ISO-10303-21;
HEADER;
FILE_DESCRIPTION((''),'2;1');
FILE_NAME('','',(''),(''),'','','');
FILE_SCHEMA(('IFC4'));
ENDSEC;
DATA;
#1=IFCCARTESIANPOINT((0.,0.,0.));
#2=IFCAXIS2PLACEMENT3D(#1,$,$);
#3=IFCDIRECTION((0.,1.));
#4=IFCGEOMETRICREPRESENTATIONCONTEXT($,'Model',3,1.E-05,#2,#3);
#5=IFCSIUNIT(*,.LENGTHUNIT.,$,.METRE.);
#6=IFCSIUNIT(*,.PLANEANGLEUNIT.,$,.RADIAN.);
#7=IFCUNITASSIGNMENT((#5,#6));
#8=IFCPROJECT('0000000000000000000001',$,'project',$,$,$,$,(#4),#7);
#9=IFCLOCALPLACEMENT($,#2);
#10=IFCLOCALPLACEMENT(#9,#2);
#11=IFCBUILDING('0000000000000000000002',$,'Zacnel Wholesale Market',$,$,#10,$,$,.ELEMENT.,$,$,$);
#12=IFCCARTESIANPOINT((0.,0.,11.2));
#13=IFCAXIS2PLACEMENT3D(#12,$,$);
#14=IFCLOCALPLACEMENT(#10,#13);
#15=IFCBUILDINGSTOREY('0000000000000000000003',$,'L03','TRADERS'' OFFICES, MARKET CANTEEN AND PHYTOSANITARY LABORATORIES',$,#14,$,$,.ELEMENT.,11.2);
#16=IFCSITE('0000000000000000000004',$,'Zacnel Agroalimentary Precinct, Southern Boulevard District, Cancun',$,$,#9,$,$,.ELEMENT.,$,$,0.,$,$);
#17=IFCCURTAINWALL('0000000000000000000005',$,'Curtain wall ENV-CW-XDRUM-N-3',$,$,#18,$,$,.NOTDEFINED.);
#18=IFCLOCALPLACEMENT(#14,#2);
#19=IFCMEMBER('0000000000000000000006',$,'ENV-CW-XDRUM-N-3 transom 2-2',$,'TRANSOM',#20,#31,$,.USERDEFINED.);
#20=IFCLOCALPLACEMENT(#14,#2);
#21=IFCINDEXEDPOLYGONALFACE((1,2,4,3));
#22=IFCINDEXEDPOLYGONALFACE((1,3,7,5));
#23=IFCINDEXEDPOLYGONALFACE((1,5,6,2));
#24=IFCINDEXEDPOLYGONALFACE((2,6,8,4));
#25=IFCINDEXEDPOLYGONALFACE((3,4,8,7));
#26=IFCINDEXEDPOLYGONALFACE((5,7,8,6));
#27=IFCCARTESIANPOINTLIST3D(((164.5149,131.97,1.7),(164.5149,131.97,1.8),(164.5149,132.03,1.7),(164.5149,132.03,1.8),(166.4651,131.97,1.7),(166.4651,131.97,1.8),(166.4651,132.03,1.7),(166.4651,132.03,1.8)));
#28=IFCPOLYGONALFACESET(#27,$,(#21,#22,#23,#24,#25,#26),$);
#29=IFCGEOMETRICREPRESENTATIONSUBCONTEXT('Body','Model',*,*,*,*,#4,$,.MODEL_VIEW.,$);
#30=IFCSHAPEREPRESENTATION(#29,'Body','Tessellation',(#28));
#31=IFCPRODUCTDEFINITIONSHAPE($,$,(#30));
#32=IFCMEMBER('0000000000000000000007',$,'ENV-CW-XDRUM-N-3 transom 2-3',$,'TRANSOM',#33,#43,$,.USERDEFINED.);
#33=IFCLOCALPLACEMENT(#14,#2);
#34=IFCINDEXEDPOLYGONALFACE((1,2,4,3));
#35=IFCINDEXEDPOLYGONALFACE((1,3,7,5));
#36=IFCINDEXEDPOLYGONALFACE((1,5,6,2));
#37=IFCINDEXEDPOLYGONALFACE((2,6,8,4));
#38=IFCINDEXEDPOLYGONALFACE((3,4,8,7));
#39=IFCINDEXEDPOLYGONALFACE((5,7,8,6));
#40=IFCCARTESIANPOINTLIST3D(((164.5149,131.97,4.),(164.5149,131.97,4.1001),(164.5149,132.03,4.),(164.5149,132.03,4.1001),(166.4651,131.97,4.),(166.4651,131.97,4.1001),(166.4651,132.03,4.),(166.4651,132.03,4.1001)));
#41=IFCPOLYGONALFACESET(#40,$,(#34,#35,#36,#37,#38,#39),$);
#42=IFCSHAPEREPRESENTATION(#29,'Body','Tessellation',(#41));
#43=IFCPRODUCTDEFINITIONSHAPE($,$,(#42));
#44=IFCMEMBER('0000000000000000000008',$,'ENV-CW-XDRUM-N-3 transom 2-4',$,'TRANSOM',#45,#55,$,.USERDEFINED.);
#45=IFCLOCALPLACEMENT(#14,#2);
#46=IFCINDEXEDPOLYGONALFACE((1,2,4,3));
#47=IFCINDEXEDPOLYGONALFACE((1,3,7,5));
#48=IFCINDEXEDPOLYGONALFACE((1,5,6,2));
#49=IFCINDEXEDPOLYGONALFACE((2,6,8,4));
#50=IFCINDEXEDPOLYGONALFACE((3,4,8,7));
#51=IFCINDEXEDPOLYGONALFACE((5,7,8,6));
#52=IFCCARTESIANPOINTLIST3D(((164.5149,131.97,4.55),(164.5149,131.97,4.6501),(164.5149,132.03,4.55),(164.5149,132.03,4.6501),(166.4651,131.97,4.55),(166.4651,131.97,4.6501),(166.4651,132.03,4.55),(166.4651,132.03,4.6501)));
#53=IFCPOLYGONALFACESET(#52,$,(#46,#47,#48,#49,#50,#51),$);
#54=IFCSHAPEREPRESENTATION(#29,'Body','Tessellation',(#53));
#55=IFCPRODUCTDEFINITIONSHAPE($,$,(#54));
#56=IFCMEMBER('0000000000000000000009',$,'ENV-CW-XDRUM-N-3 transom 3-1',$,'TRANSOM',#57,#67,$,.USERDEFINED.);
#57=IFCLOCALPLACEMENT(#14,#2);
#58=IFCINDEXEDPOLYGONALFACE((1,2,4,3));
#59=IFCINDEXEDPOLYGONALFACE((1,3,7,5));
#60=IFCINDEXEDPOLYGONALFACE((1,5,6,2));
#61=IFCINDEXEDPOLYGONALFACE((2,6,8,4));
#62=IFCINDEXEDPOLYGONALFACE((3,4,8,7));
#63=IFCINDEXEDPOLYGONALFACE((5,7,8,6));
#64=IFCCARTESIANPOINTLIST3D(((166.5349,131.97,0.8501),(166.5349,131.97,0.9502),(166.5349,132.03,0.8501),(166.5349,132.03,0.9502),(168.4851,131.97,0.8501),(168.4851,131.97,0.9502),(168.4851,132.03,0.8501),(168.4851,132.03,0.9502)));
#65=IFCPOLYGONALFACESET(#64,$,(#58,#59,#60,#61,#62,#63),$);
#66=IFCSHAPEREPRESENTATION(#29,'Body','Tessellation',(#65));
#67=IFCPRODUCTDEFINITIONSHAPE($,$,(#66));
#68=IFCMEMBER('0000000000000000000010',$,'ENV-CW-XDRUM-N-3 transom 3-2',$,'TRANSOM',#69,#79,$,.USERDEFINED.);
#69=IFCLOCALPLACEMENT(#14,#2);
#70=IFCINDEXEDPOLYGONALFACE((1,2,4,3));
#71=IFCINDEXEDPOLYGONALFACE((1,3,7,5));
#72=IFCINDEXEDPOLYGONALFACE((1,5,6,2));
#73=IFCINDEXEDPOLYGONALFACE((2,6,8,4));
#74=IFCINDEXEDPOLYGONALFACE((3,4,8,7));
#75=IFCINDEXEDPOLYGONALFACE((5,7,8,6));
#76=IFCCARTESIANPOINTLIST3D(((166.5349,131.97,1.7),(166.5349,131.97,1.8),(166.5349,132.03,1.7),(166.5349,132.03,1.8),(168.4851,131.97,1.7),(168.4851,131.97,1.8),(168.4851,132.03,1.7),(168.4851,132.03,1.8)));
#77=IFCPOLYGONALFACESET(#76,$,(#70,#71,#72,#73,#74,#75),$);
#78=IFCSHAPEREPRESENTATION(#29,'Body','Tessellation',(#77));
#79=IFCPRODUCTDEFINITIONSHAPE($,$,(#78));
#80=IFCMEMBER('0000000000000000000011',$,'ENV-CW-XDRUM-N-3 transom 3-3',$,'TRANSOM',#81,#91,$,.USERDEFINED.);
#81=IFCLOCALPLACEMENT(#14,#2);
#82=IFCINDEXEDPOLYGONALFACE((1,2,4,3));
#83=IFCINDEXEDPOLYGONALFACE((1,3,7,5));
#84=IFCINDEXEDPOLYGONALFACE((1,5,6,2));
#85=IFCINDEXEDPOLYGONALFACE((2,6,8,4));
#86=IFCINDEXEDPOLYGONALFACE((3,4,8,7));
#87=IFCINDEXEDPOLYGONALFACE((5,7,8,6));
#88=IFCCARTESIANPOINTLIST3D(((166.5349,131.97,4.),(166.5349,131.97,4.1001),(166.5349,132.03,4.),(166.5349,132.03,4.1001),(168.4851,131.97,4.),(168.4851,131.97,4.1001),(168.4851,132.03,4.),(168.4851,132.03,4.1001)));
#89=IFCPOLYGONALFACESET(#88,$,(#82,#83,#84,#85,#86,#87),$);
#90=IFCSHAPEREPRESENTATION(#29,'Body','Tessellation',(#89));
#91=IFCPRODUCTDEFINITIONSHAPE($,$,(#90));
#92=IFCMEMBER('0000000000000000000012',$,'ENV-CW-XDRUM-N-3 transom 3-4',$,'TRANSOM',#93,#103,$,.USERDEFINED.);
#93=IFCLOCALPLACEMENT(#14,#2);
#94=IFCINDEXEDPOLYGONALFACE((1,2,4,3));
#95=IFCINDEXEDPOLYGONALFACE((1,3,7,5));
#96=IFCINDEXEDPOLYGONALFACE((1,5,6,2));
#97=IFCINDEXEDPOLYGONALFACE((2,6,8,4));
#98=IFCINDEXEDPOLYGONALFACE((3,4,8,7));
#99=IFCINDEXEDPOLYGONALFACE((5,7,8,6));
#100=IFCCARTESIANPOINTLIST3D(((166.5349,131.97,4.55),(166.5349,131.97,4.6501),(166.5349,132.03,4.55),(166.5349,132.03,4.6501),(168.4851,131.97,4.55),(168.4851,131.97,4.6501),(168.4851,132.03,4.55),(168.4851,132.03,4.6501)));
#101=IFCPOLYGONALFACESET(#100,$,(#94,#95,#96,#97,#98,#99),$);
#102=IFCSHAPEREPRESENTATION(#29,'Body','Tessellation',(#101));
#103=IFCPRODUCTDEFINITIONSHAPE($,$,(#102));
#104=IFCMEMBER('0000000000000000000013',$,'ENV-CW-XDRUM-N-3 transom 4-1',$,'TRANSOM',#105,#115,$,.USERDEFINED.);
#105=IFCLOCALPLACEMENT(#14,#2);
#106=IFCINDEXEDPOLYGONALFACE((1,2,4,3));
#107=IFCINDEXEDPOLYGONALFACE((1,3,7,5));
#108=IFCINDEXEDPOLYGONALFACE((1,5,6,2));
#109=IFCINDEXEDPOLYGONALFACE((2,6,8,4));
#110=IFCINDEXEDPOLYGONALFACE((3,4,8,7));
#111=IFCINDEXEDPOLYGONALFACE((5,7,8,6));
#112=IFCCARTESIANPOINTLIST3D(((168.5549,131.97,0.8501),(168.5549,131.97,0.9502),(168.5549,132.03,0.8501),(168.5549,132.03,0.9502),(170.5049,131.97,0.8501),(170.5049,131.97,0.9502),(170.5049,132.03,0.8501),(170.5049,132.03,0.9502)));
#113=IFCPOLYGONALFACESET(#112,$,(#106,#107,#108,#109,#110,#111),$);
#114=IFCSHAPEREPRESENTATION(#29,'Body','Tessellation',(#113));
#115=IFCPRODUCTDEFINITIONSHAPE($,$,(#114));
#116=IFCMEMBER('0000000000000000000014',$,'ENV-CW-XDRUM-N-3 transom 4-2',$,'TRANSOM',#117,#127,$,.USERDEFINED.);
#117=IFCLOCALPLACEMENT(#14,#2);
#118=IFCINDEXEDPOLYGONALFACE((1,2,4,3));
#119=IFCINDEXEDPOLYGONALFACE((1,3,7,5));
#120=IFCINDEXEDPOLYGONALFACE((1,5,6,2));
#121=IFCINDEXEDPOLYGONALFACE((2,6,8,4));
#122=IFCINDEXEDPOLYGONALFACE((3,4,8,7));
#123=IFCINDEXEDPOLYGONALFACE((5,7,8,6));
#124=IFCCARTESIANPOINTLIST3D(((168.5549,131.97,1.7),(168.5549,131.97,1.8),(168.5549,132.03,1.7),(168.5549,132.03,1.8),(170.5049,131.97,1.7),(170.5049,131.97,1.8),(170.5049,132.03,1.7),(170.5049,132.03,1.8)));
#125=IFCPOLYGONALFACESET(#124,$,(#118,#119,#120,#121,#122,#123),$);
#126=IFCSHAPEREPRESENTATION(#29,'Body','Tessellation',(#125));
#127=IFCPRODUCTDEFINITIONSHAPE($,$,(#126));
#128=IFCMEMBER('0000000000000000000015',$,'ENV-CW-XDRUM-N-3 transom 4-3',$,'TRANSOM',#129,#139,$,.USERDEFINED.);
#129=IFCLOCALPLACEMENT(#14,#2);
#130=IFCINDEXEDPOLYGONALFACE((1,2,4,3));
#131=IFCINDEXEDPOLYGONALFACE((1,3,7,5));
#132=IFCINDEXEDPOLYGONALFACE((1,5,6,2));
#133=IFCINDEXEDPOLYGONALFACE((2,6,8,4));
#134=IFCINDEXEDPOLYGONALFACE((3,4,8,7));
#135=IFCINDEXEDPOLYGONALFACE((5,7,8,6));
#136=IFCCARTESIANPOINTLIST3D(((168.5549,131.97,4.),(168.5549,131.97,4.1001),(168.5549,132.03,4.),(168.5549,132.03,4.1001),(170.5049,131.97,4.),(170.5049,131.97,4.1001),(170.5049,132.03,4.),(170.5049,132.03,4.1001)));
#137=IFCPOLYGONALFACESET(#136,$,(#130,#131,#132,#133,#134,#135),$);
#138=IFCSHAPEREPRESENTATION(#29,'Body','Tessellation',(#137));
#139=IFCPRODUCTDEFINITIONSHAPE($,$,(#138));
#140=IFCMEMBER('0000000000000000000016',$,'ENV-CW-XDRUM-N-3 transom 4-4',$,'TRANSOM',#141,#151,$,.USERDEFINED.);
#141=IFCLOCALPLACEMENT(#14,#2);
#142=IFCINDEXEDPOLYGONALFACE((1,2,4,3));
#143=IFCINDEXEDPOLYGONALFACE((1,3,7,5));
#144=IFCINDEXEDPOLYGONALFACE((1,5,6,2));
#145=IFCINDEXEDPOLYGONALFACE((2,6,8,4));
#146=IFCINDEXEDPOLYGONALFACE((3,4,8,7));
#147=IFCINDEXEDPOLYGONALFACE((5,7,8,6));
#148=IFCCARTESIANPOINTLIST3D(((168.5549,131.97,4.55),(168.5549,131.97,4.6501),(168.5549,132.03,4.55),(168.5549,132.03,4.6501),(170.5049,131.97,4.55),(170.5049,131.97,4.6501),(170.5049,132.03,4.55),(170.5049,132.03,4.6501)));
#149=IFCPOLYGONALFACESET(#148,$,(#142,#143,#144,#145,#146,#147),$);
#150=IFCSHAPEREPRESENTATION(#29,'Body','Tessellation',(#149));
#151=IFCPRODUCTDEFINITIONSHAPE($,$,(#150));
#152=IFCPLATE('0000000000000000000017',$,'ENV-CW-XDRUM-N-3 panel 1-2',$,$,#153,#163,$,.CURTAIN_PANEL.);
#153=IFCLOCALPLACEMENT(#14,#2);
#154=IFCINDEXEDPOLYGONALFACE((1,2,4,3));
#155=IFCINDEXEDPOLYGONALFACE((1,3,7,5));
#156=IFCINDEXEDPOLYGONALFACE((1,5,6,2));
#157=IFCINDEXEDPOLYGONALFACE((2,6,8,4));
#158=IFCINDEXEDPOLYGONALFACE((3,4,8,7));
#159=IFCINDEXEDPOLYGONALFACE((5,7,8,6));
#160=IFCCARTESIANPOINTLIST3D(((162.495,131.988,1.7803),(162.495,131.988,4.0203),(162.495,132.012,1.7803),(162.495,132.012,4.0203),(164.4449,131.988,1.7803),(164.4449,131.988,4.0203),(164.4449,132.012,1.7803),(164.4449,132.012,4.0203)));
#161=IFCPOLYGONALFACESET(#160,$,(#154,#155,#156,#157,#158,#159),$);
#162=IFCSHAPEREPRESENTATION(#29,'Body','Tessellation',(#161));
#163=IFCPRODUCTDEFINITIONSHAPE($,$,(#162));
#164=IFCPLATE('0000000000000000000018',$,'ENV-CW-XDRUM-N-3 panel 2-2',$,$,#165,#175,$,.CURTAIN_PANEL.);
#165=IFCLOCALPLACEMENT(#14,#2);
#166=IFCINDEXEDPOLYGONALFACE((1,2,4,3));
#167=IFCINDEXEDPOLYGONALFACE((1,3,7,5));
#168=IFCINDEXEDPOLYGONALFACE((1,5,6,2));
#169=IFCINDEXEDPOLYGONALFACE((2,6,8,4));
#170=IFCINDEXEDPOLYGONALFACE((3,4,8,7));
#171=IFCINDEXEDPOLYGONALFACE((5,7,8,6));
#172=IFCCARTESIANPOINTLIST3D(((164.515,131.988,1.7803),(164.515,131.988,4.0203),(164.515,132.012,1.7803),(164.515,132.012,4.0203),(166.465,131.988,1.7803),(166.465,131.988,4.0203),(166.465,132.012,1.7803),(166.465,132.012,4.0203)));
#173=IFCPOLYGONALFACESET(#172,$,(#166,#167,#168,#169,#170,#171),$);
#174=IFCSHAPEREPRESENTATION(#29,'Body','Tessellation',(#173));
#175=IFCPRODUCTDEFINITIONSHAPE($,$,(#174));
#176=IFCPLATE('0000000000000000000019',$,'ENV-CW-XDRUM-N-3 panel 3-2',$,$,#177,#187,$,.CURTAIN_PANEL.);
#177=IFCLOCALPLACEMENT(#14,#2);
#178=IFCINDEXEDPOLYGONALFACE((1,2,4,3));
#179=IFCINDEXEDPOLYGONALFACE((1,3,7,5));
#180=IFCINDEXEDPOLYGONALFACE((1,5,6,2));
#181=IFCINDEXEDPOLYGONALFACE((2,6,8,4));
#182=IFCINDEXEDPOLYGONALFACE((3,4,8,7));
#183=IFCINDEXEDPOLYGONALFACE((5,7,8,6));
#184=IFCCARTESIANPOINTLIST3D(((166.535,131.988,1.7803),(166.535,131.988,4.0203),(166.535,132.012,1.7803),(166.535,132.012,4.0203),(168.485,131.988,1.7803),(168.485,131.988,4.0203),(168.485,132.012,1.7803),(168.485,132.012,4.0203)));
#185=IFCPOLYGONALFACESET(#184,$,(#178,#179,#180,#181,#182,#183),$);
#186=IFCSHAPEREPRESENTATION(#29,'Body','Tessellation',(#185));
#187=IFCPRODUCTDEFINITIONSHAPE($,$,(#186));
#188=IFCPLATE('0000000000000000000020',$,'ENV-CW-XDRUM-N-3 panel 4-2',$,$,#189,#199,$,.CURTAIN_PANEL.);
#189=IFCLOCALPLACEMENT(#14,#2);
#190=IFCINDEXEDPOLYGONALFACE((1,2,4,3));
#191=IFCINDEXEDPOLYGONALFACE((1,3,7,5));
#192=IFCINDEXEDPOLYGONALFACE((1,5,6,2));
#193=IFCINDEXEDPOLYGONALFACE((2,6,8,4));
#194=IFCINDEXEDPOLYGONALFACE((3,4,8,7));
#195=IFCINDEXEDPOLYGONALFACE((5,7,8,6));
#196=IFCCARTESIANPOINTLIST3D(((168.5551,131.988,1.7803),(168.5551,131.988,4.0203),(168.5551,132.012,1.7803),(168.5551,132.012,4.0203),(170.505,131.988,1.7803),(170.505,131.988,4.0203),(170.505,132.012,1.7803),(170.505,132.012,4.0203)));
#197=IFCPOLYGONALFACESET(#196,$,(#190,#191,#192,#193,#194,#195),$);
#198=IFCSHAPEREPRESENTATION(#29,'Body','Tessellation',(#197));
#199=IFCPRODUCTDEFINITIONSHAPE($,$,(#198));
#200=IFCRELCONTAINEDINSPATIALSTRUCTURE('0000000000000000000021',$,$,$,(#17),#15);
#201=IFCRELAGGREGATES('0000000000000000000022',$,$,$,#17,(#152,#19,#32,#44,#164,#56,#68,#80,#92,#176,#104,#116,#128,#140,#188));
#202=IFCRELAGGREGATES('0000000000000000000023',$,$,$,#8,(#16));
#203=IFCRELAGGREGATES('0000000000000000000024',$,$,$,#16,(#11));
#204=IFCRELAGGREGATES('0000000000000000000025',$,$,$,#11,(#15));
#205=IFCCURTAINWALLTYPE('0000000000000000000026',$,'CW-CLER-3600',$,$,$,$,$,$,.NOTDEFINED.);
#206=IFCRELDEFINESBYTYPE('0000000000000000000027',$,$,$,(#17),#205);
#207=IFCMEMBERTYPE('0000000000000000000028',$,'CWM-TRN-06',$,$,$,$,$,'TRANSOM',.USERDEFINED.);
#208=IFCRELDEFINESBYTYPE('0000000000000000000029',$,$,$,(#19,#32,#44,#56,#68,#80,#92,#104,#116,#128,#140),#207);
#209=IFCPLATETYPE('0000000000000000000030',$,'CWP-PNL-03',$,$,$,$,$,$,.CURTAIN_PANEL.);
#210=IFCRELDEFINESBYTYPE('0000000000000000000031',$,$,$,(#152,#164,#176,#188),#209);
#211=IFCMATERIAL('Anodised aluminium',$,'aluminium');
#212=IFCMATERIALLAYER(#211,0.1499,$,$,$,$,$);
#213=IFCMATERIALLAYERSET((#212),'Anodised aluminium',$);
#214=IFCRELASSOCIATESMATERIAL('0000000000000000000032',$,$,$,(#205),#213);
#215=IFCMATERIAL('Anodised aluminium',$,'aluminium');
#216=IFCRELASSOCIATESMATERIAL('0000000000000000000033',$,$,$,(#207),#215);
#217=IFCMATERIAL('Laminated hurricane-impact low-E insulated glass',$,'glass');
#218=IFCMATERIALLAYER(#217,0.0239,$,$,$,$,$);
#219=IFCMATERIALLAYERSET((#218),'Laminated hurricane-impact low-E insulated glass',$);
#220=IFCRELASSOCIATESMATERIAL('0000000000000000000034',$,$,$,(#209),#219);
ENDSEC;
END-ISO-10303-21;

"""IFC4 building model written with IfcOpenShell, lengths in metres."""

from ifc_helpers import new_model, si_unit, direction, frame, origin, origin_2d, place, context, subcontext, project, spatial, rectangle, extrude, material, layer, layer_set, material_profile, profile_set, type_object, element, aggregate, save


model = new_model("IFC4")

# Units and contexts
model_context = context("Model", 3, precision=1e-05, world=origin(), true_north=direction((0.0, 1.0)))
body_context = subcontext(model_context, "Body", "Model", "MODEL_VIEW")
ifc_project = project(units=[si_unit("LENGTHUNIT", "METRE"), si_unit("PLANEANGLEUNIT", "RADIAN")], contexts=[model_context])

# Site, building, storey
site_placement = place(None, origin())
site = spatial("IfcSite", under=ifc_project, at=site_placement, Name="Zacnel Agroalimentary Precinct, Southern Boulevard District, Cancun", CompositionType="ELEMENT", RefElevation=0.0)
building_placement = place(site_placement, origin())
building = spatial("IfcBuilding", under=site, at=building_placement, Name="Zacnel Wholesale Market", CompositionType="ELEMENT")
storey_placement = place(building_placement, frame((0.0, 0.0, 11.2)))
storey = spatial("IfcBuildingStorey", under=building, at=storey_placement, Name="L03", Description="TRADERS' OFFICES, MARKET CANTEEN AND PHYTOSANITARY LABORATORIES", CompositionType="ELEMENT", Elevation=11.2)

# Curtain wall, members, plates
ifc_material_1 = material(Name="Anodised aluminium", Category="aluminium")
ifc_layer_1 = layer(ifc_material_1, 0.1499)
ifc_layer_set_1 = layer_set([ifc_layer_1], Name="Anodised aluminium")
curtain_wall_type = type_object("IfcCurtainWallType", Name="CW-CLER-3600", PredefinedType="NOTDEFINED", material=ifc_layer_set_1)
curtain_wall_placement = place(storey_placement, origin())
curtain_wall = element("IfcCurtainWall", 1, at=curtain_wall_placement, inside=storey, type_object=curtain_wall_type, Name="Curtain wall ENV-CW-XDRUM-N-3", PredefinedType="NOTDEFINED")
ifc_material_2 = material(Name="Anodised aluminium", Category="aluminium")
ifc_material_profile_1 = material_profile(ifc_material_2, rectangle(XDim=0.0601, YDim=0.1001, at=origin_2d()), Name="AW-TRANSOM 60x100")
ifc_profile_set_1 = profile_set([ifc_material_profile_1], Name="Anodised aluminium")
member_type_1 = type_object("IfcMemberType", Name="CWM-TRN-06", ElementType="TRANSOM", PredefinedType="USERDEFINED", material=ifc_profile_set_1)
member_1_placement = place(storey_placement, frame((164.5149, 132.0, 1.75), z_axis=(1.0, 0.0, 0.0), x_axis=(0.0, 1.0, 0.0)))
member_1 = element("IfcMember", 2, at=member_1_placement, type_object=member_type_1, Name="ENV-CW-XDRUM-N-3 transom 2-2", ObjectType="TRANSOM", PredefinedType="USERDEFINED", context=body_context, shape_type="SweptSolid", body=[
    extrude(rectangle(XDim=0.0601, YDim=0.1001, at=origin_2d()), origin(), (0.0, 0.0, 1.0), 1.9502),
])
member_2_placement = place(storey_placement, frame((164.5149, 132.0, 4.05), z_axis=(1.0, 0.0, 0.0), x_axis=(0.0, 1.0, 0.0)))
member_2 = element("IfcMember", 3, at=member_2_placement, type_object=member_type_1, Name="ENV-CW-XDRUM-N-3 transom 2-3", ObjectType="TRANSOM", PredefinedType="USERDEFINED", context=body_context, shape_type="SweptSolid", body=[
    extrude(rectangle(XDim=0.0601, YDim=0.1001, at=origin_2d()), origin(), (0.0, 0.0, 1.0), 1.9502),
])
member_3_placement = place(storey_placement, frame((164.5149, 132.0, 4.6001), z_axis=(1.0, 0.0, 0.0), x_axis=(0.0, 1.0, 0.0)))
member_3 = element("IfcMember", 4, at=member_3_placement, type_object=member_type_1, Name="ENV-CW-XDRUM-N-3 transom 2-4", ObjectType="TRANSOM", PredefinedType="USERDEFINED", context=body_context, shape_type="SweptSolid", body=[
    extrude(rectangle(XDim=0.0601, YDim=0.1001, at=origin_2d()), origin(), (0.0, 0.0, 1.0), 1.9502),
])
member_4_placement = place(storey_placement, frame((166.5349, 132.0, 0.9001), z_axis=(1.0, 0.0, 0.0), x_axis=(0.0, 1.0, 0.0)))
member_4 = element("IfcMember", 5, at=member_4_placement, type_object=member_type_1, Name="ENV-CW-XDRUM-N-3 transom 3-1", ObjectType="TRANSOM", PredefinedType="USERDEFINED", context=body_context, shape_type="SweptSolid", body=[
    extrude(rectangle(XDim=0.0601, YDim=0.1001, at=origin_2d()), origin(), (0.0, 0.0, 1.0), 1.9502),
])
member_5_placement = place(storey_placement, frame((166.5349, 132.0, 1.75), z_axis=(1.0, 0.0, 0.0), x_axis=(0.0, 1.0, 0.0)))
member_5 = element("IfcMember", 6, at=member_5_placement, type_object=member_type_1, Name="ENV-CW-XDRUM-N-3 transom 3-2", ObjectType="TRANSOM", PredefinedType="USERDEFINED", context=body_context, shape_type="SweptSolid", body=[
    extrude(rectangle(XDim=0.0601, YDim=0.1001, at=origin_2d()), origin(), (0.0, 0.0, 1.0), 1.9502),
])
member_6_placement = place(storey_placement, frame((166.5349, 132.0, 4.05), z_axis=(1.0, 0.0, 0.0), x_axis=(0.0, 1.0, 0.0)))
member_6 = element("IfcMember", 7, at=member_6_placement, type_object=member_type_1, Name="ENV-CW-XDRUM-N-3 transom 3-3", ObjectType="TRANSOM", PredefinedType="USERDEFINED", context=body_context, shape_type="SweptSolid", body=[
    extrude(rectangle(XDim=0.0601, YDim=0.1001, at=origin_2d()), origin(), (0.0, 0.0, 1.0), 1.9502),
])
member_7_placement = place(storey_placement, frame((166.5349, 132.0, 4.6001), z_axis=(1.0, 0.0, 0.0), x_axis=(0.0, 1.0, 0.0)))
member_7 = element("IfcMember", 8, at=member_7_placement, type_object=member_type_1, Name="ENV-CW-XDRUM-N-3 transom 3-4", ObjectType="TRANSOM", PredefinedType="USERDEFINED", context=body_context, shape_type="SweptSolid", body=[
    extrude(rectangle(XDim=0.0601, YDim=0.1001, at=origin_2d()), origin(), (0.0, 0.0, 1.0), 1.9502),
])
member_8_placement = place(storey_placement, frame((168.5549, 132.0, 0.9001), z_axis=(1.0, 0.0, 0.0), x_axis=(0.0, 1.0, 0.0)))
member_8 = element("IfcMember", 9, at=member_8_placement, type_object=member_type_1, Name="ENV-CW-XDRUM-N-3 transom 4-1", ObjectType="TRANSOM", PredefinedType="USERDEFINED", context=body_context, shape_type="SweptSolid", body=[
    extrude(rectangle(XDim=0.0601, YDim=0.1001, at=origin_2d()), origin(), (0.0, 0.0, 1.0), 1.95),
])
member_9_placement = place(storey_placement, frame((168.5549, 132.0, 1.75), z_axis=(1.0, 0.0, 0.0), x_axis=(0.0, 1.0, 0.0)))
member_9 = element("IfcMember", 10, at=member_9_placement, type_object=member_type_1, Name="ENV-CW-XDRUM-N-3 transom 4-2", ObjectType="TRANSOM", PredefinedType="USERDEFINED", context=body_context, shape_type="SweptSolid", body=[
    extrude(rectangle(XDim=0.0601, YDim=0.1001, at=origin_2d()), origin(), (0.0, 0.0, 1.0), 1.95),
])
member_10_placement = place(storey_placement, frame((168.5549, 132.0, 4.05), z_axis=(1.0, 0.0, 0.0), x_axis=(0.0, 1.0, 0.0)))
member_10 = element("IfcMember", 11, at=member_10_placement, type_object=member_type_1, Name="ENV-CW-XDRUM-N-3 transom 4-3", ObjectType="TRANSOM", PredefinedType="USERDEFINED", context=body_context, shape_type="SweptSolid", body=[
    extrude(rectangle(XDim=0.0601, YDim=0.1001, at=origin_2d()), origin(), (0.0, 0.0, 1.0), 1.95),
])
member_11_placement = place(storey_placement, frame((168.5549, 132.0, 4.6001), z_axis=(1.0, 0.0, 0.0), x_axis=(0.0, 1.0, 0.0)))
member_11 = element("IfcMember", 12, at=member_11_placement, type_object=member_type_1, Name="ENV-CW-XDRUM-N-3 transom 4-4", ObjectType="TRANSOM", PredefinedType="USERDEFINED", context=body_context, shape_type="SweptSolid", body=[
    extrude(rectangle(XDim=0.0601, YDim=0.1001, at=origin_2d()), origin(), (0.0, 0.0, 1.0), 1.95),
])
ifc_material_3 = material(Name="Laminated hurricane-impact low-E insulated glass", Category="glass")
ifc_layer_2 = layer(ifc_material_3, 0.0239)
ifc_layer_set_2 = layer_set([ifc_layer_2], Name="Laminated hurricane-impact low-E insulated glass")
plate_type_1 = type_object("IfcPlateType", Name="CWP-PNL-03", PredefinedType="CURTAIN_PANEL", material=ifc_layer_set_2)
plate_1_placement = place(storey_placement, frame((163.47, 132.0, 1.7803), z_axis=(0.0, 0.0, 1.0), x_axis=(1.0, 0.0, 0.0)))
plate_1 = element("IfcPlate", 13, at=plate_1_placement, type_object=plate_type_1, Name="ENV-CW-XDRUM-N-3 panel 1-2", PredefinedType="CURTAIN_PANEL", context=body_context, shape_type="SweptSolid", body=[
    extrude(rectangle(XDim=1.95, YDim=0.0239, at=origin_2d()), origin(), (0.0, 0.0, 1.0), 2.24),
])
plate_2_placement = place(storey_placement, frame((165.49, 132.0, 1.7803), z_axis=(0.0, 0.0, 1.0), x_axis=(1.0, 0.0, 0.0)))
plate_2 = element("IfcPlate", 14, at=plate_2_placement, type_object=plate_type_1, Name="ENV-CW-XDRUM-N-3 panel 2-2", PredefinedType="CURTAIN_PANEL", context=body_context, shape_type="SweptSolid", body=[
    extrude(rectangle(XDim=1.95, YDim=0.0239, at=origin_2d()), origin(), (0.0, 0.0, 1.0), 2.24),
])
plate_3_placement = place(storey_placement, frame((167.51, 132.0, 1.7803), z_axis=(0.0, 0.0, 1.0), x_axis=(1.0, 0.0, 0.0)))
plate_3 = element("IfcPlate", 15, at=plate_3_placement, type_object=plate_type_1, Name="ENV-CW-XDRUM-N-3 panel 3-2", PredefinedType="CURTAIN_PANEL", context=body_context, shape_type="SweptSolid", body=[
    extrude(rectangle(XDim=1.95, YDim=0.0239, at=origin_2d()), origin(), (0.0, 0.0, 1.0), 2.24),
])
plate_4_placement = place(storey_placement, frame((169.53, 132.0, 1.7803), z_axis=(0.0, 0.0, 1.0), x_axis=(1.0, 0.0, 0.0)))
plate_4 = element("IfcPlate", 16, at=plate_4_placement, type_object=plate_type_1, Name="ENV-CW-XDRUM-N-3 panel 4-2", PredefinedType="CURTAIN_PANEL", context=body_context, shape_type="SweptSolid", body=[
    extrude(rectangle(XDim=1.95, YDim=0.0239, at=origin_2d()), origin(), (0.0, 0.0, 1.0), 2.24),
])
aggregate(curtain_wall, [plate_1, member_1, member_2, member_3, plate_2, member_4, member_5, member_6, member_7, plate_3, member_8, member_9, member_10, member_11, plate_4])

save(model, "model.ifc")
